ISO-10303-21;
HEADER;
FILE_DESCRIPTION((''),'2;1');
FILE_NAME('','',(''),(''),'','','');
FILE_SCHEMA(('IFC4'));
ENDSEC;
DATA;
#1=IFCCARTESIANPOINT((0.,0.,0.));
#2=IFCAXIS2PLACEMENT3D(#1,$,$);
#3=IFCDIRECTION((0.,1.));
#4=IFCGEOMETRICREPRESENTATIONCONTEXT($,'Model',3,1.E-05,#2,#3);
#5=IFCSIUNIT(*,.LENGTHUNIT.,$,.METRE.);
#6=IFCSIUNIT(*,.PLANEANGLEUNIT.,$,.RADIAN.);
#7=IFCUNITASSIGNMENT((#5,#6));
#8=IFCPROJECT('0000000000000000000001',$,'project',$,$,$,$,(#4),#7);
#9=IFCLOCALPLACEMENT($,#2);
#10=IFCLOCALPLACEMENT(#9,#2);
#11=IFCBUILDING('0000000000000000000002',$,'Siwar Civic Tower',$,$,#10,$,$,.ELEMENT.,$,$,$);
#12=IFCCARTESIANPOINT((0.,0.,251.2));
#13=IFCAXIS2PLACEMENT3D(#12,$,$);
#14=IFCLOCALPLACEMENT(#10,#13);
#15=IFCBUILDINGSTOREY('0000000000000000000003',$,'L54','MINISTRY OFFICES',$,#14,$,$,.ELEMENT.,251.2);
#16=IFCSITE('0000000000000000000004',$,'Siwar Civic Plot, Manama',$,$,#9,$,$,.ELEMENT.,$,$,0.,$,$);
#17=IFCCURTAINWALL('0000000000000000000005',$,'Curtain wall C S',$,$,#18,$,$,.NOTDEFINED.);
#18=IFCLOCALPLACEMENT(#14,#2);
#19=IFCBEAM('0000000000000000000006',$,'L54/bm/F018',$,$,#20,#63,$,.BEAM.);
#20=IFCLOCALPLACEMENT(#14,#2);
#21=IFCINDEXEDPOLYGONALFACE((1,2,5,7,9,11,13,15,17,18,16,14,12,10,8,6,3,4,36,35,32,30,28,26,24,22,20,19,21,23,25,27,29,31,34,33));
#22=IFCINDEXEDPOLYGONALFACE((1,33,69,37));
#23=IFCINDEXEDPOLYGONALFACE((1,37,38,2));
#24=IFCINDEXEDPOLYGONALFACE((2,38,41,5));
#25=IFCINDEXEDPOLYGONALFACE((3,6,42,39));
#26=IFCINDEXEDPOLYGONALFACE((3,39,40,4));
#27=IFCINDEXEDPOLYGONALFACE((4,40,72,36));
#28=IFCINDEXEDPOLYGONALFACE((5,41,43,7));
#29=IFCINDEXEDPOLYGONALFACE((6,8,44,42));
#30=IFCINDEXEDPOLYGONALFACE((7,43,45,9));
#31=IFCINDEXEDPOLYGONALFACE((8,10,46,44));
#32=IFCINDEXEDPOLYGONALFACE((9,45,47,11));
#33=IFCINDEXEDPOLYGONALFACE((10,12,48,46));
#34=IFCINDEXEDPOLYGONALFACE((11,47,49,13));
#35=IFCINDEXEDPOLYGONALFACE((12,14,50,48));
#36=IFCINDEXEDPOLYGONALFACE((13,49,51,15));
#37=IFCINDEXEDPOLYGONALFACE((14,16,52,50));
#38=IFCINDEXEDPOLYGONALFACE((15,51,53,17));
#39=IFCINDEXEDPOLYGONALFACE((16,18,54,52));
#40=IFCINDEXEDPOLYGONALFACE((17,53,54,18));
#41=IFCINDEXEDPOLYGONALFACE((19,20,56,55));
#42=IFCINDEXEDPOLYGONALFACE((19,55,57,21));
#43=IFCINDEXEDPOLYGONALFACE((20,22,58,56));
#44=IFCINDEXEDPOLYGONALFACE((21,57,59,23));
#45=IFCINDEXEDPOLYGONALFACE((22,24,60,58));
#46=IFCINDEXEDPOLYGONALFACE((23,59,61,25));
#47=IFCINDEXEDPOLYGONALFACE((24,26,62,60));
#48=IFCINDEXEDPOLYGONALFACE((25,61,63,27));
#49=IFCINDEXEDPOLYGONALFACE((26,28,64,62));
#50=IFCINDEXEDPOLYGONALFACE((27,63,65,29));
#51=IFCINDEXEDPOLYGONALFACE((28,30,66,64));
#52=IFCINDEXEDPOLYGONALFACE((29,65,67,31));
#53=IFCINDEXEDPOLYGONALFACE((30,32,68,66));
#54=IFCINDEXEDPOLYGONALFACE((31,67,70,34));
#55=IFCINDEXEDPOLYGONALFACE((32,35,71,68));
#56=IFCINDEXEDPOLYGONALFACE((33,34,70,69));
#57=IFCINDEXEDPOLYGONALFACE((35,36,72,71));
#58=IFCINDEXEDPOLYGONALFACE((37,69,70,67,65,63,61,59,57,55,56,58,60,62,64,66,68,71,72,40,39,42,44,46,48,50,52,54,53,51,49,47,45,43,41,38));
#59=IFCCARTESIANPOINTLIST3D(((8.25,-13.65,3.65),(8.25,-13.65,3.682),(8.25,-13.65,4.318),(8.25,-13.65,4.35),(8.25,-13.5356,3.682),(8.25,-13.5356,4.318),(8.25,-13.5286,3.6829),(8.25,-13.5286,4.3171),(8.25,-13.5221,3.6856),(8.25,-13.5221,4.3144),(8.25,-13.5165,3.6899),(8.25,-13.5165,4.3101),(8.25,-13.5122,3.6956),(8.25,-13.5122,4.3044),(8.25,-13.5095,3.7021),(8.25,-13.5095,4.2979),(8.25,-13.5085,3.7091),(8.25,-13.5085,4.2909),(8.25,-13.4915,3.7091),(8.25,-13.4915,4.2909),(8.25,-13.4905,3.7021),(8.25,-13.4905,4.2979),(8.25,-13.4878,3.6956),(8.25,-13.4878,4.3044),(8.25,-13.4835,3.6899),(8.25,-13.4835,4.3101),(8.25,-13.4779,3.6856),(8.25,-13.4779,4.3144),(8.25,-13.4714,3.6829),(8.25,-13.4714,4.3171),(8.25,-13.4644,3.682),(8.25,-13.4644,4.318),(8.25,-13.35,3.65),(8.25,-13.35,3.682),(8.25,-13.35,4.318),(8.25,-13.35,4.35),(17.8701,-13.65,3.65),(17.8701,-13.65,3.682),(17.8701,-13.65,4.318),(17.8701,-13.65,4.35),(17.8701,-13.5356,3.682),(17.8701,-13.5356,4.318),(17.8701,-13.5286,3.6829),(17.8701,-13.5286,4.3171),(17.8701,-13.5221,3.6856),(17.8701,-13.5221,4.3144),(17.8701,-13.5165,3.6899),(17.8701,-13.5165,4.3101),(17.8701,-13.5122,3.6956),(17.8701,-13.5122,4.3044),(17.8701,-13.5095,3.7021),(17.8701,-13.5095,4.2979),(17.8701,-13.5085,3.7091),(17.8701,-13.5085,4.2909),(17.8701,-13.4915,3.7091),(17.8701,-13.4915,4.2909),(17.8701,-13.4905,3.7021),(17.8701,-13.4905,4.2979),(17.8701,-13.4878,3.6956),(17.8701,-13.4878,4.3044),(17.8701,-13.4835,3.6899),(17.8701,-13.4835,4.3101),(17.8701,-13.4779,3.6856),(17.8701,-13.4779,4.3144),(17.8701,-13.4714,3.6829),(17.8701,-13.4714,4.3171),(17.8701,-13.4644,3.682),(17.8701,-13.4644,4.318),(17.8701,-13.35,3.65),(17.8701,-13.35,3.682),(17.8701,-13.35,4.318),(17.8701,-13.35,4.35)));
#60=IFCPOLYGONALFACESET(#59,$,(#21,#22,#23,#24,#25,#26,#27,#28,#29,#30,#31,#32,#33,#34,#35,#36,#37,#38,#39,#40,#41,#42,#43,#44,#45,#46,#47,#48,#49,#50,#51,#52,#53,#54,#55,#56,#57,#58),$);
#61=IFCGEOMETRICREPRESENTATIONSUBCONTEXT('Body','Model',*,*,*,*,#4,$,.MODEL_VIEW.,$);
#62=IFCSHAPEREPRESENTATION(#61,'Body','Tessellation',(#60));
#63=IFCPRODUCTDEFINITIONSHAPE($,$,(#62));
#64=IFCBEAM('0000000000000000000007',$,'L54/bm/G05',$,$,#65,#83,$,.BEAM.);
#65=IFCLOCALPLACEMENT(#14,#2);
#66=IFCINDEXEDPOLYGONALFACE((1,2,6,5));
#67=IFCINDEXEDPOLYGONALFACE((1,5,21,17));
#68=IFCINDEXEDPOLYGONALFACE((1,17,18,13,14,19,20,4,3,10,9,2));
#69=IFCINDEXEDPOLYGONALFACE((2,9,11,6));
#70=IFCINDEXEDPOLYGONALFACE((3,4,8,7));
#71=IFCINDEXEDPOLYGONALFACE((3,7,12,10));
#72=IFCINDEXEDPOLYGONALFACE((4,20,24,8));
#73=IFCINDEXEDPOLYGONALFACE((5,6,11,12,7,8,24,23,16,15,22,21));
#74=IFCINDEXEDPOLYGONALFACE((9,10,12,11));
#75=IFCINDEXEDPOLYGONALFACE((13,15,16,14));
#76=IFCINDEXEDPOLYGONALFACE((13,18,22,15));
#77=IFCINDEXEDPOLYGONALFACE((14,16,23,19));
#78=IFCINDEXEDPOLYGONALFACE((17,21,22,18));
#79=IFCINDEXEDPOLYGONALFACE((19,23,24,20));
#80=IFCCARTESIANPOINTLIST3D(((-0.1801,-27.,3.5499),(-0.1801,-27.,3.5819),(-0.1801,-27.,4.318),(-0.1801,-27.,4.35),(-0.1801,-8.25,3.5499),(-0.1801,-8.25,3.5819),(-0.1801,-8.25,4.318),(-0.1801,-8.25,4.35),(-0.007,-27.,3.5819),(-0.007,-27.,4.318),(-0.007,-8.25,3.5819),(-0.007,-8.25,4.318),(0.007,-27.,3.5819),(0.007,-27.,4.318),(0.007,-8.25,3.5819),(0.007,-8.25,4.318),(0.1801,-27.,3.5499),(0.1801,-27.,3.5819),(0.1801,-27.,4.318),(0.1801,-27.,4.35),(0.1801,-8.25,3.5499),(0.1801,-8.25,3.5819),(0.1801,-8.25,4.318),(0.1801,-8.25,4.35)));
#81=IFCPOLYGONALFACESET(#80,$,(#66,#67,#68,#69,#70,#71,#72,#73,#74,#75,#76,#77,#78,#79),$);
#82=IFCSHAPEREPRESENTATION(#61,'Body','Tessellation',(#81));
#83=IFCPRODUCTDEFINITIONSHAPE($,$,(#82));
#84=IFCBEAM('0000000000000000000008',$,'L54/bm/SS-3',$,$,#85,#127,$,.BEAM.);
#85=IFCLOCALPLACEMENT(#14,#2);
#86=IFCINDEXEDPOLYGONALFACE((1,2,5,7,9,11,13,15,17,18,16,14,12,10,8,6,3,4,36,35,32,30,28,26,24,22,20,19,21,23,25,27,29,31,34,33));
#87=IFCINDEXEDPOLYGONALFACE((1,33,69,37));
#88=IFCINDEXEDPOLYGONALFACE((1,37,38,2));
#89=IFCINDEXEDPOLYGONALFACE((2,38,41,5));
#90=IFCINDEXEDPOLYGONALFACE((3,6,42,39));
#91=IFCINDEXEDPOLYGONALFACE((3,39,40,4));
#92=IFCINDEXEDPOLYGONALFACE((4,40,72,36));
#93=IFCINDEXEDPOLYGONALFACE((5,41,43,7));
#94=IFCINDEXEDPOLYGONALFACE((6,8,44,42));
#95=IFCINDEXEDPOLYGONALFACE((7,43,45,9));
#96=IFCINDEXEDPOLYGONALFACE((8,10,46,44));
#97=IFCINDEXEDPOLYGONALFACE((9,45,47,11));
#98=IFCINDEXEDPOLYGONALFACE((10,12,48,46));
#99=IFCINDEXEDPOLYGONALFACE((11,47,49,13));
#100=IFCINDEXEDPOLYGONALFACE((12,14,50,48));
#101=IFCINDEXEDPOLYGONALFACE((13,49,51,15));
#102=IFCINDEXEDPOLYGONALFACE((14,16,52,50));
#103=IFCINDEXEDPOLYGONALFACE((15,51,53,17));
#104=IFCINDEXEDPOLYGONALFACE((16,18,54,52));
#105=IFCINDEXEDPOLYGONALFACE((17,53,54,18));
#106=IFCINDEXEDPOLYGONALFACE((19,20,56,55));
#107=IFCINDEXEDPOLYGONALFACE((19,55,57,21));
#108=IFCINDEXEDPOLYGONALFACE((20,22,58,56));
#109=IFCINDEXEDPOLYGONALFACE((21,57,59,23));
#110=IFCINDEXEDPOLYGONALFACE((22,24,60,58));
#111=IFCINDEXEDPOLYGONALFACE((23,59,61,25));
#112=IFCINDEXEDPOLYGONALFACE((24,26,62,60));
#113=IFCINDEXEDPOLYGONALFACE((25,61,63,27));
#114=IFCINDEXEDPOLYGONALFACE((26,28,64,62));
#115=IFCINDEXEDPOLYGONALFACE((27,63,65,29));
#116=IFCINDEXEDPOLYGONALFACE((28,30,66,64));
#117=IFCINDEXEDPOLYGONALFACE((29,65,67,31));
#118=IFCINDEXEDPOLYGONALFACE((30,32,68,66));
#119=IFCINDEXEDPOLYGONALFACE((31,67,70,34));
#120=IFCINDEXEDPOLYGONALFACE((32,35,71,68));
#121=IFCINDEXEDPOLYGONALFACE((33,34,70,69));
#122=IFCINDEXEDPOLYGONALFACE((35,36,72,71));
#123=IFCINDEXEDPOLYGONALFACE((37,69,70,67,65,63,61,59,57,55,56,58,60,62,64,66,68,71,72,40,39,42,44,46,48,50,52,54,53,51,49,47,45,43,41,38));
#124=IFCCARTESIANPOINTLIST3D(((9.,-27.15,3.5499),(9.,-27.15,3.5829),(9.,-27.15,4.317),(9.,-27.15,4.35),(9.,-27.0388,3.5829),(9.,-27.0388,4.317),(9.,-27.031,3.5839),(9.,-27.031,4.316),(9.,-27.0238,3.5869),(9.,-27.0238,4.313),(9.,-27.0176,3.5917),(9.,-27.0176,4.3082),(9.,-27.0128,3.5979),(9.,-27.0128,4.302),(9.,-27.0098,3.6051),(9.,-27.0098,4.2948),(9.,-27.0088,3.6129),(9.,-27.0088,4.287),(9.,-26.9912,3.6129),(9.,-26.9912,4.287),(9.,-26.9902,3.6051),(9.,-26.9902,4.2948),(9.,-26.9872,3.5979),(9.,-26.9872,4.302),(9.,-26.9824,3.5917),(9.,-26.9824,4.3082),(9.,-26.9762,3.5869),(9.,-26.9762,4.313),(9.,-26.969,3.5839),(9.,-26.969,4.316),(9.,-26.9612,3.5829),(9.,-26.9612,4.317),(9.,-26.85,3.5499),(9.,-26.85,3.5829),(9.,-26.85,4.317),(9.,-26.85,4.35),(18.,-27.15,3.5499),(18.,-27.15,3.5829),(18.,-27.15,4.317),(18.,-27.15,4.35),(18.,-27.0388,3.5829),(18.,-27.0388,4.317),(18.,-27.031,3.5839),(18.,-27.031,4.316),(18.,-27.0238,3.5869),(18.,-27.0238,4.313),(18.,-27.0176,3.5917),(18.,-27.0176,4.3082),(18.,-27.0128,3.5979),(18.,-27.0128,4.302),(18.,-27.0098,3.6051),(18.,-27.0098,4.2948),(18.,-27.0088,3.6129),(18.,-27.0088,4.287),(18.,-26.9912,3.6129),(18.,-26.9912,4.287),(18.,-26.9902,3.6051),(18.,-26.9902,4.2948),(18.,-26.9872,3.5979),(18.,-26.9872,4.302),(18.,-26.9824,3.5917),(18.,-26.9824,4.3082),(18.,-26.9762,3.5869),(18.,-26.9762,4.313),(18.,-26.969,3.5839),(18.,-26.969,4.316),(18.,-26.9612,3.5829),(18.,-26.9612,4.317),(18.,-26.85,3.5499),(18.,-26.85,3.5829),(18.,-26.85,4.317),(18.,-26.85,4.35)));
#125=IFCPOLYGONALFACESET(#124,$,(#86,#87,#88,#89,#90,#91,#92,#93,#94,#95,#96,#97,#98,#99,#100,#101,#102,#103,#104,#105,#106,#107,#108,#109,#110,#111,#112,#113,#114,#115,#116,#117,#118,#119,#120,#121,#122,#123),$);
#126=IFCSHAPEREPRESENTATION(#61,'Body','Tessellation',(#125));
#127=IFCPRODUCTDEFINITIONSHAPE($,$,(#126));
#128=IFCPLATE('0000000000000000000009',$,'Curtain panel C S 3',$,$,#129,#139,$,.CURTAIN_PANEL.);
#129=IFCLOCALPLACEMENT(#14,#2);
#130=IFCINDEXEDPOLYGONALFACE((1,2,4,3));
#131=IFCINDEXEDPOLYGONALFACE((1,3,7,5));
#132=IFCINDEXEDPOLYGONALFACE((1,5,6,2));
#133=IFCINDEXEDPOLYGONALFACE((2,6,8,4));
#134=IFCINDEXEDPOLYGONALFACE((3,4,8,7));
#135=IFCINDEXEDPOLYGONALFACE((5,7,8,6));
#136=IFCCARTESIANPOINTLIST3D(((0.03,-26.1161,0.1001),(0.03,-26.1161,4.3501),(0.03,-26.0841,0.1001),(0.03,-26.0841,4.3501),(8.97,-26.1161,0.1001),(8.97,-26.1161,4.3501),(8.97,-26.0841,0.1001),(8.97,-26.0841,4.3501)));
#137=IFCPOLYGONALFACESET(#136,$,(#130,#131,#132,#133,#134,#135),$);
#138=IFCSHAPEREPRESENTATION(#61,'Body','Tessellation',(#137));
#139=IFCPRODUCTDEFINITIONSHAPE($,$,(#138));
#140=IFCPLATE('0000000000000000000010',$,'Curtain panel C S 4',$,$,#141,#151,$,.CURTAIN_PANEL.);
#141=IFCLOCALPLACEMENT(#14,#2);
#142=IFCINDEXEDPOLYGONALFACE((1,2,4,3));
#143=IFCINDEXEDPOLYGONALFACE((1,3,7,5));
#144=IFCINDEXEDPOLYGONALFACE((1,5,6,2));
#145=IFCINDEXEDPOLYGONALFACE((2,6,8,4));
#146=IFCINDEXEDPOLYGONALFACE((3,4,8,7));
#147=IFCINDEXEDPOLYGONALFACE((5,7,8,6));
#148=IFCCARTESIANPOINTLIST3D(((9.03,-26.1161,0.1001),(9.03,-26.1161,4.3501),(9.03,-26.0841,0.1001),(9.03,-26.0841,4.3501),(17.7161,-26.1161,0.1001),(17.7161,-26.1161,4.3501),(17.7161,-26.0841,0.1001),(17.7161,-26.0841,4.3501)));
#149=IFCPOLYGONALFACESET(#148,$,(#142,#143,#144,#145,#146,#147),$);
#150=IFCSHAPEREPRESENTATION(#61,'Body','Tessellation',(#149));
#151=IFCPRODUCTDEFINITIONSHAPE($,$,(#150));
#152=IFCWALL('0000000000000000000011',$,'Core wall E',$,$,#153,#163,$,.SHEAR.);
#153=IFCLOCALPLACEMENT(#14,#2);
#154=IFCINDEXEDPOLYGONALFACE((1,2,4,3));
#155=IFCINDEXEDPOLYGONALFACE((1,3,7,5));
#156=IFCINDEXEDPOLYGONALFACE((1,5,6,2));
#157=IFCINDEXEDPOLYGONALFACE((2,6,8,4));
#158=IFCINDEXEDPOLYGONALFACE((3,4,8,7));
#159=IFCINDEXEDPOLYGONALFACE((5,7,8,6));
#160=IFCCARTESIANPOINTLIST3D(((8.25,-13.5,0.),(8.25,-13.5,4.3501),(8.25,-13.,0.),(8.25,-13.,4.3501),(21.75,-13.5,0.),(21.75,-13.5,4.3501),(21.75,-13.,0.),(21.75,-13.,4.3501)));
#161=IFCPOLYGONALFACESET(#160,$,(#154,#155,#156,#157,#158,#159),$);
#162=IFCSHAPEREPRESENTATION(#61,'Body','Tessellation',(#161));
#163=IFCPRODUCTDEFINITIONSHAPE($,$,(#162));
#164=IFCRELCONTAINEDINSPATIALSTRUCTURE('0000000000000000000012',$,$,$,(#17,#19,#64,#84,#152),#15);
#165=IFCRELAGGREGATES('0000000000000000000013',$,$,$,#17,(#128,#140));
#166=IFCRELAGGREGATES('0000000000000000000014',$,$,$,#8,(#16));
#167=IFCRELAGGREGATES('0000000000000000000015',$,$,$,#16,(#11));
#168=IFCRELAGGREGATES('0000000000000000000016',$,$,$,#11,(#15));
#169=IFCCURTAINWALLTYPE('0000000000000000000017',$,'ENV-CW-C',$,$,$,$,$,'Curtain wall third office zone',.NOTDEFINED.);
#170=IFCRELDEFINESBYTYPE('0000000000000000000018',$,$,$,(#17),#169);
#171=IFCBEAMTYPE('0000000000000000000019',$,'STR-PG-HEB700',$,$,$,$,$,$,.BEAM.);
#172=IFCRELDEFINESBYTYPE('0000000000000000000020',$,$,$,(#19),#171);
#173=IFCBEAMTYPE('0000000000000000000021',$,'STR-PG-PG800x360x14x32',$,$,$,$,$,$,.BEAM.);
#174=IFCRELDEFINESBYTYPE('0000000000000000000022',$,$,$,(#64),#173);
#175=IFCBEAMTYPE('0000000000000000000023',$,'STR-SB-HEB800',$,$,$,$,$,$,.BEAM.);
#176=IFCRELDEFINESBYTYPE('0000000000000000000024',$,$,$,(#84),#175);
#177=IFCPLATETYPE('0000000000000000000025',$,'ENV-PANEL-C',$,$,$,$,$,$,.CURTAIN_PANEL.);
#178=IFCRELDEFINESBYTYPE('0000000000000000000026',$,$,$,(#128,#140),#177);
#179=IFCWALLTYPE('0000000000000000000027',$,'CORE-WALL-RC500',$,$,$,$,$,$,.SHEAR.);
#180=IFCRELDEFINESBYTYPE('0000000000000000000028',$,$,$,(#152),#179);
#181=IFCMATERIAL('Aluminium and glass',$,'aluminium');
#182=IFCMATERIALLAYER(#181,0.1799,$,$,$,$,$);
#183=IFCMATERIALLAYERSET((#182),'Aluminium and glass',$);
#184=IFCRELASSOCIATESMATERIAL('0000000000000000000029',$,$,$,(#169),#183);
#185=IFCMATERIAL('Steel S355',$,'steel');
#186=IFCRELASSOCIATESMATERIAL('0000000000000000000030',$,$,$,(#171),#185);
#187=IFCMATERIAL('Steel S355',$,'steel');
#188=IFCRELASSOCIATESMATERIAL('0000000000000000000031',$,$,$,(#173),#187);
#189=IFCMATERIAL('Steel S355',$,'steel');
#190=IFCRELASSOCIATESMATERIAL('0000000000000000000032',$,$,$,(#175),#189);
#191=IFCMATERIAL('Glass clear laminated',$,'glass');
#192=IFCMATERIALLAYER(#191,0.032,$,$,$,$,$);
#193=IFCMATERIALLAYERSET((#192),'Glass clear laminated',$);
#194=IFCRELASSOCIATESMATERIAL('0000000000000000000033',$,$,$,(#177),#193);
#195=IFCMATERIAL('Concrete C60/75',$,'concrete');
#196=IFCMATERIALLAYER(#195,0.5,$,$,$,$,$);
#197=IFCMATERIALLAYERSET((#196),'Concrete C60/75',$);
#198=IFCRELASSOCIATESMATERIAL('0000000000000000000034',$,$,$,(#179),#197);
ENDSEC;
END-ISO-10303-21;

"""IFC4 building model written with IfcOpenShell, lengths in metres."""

from ifc_helpers import new_model, si_unit, direction, frame, frame_2d, origin, origin_2d, place, context, subcontext, project, spatial, rectangle, i_section, extrude, material, layer, layer_set, material_profile, profile_set, type_object, element, aggregate, save


model = new_model("IFC4")

# Units and contexts
model_context = context("Model", 3, precision=1e-05, world=origin(), true_north=direction((0.0, 1.0)))
body_context = subcontext(model_context, "Body", "Model", "MODEL_VIEW")
ifc_project = project(units=[si_unit("LENGTHUNIT", "METRE"), si_unit("PLANEANGLEUNIT", "RADIAN")], contexts=[model_context])

# Site, building, storey
site_placement = place(None, origin())
site = spatial("IfcSite", under=ifc_project, at=site_placement, Name="Siwar Civic Plot, Manama", CompositionType="ELEMENT", RefElevation=0.0)
building_placement = place(site_placement, origin())
building = spatial("IfcBuilding", under=site, at=building_placement, Name="Siwar Civic Tower", CompositionType="ELEMENT")
storey_placement = place(building_placement, frame((0.0, 0.0, 251.2)))
storey = spatial("IfcBuildingStorey", under=building, at=storey_placement, Name="L54", Description="MINISTRY OFFICES", CompositionType="ELEMENT", Elevation=251.2)

# Curtain wall
ifc_material_1 = material(Name="Aluminium and glass", Category="aluminium")
ifc_layer_1 = layer(ifc_material_1, 0.1799)
ifc_layer_set_1 = layer_set([ifc_layer_1], Name="Aluminium and glass")
curtain_wall_type = type_object("IfcCurtainWallType", Name="ENV-CW-C", ElementType="Curtain wall third office zone", PredefinedType="NOTDEFINED", material=ifc_layer_set_1)
curtain_wall_placement = place(storey_placement, origin())
curtain_wall = element("IfcCurtainWall", 1, at=curtain_wall_placement, inside=storey, type_object=curtain_wall_type, Name="Curtain wall C S", PredefinedType="NOTDEFINED")

# Beams
ifc_material_2 = material(Name="Steel S355", Category="steel")
ifc_material_profile_1 = material_profile(ifc_material_2, i_section(OverallWidth=0.3, OverallDepth=0.7, WebThickness=0.0171, FlangeThickness=0.032, FilletRadius=0.0271, at=origin_2d()), Name="HEB700")
ifc_profile_set_1 = profile_set([ifc_material_profile_1], Name="Steel S355")
beam_type_1 = type_object("IfcBeamType", Name="STR-PG-HEB700", PredefinedType="BEAM", material=ifc_profile_set_1)
beam_1_placement = place(storey_placement, frame((8.25, -13.5, 4.0), z_axis=(1.0, 0.0, 0.0), x_axis=(0.0, 1.0, 0.0)))
element("IfcBeam", 2, at=beam_1_placement, inside=storey, type_object=beam_type_1, Name="L54/bm/F018", PredefinedType="BEAM", context=body_context, shape_type="SweptSolid", body=[
    extrude(i_section(OverallWidth=0.3, OverallDepth=0.7, WebThickness=0.0171, FlangeThickness=0.032, FilletRadius=0.0271, at=origin_2d()), origin(), (0.0, 0.0, 1.0), 9.6201),
])
ifc_material_3 = material(Name="Steel S355", Category="steel")
ifc_material_profile_2 = material_profile(ifc_material_3, i_section(OverallWidth=0.3601, OverallDepth=0.8, WebThickness=0.0139, FlangeThickness=0.032, at=origin_2d()), Name="PG800x360x14x32")
ifc_profile_set_2 = profile_set([ifc_material_profile_2], Name="Steel S355")
beam_type_2 = type_object("IfcBeamType", Name="STR-PG-PG800x360x14x32", PredefinedType="BEAM", material=ifc_profile_set_2)
beam_2_placement = place(storey_placement, frame((0.0, -27.0, 3.95), z_axis=(0.0, 1.0, 0.0), x_axis=(-1.0, 0.0, 0.0)))
element("IfcBeam", 3, at=beam_2_placement, inside=storey, type_object=beam_type_2, Name="L54/bm/G05", PredefinedType="BEAM", context=body_context, shape_type="SweptSolid", body=[
    extrude(i_section(OverallWidth=0.3601, OverallDepth=0.8, WebThickness=0.0139, FlangeThickness=0.032, at=origin_2d()), origin(), (0.0, 0.0, 1.0), 18.75),
])
ifc_material_4 = material(Name="Steel S355", Category="steel")
ifc_material_profile_3 = material_profile(ifc_material_4, i_section(OverallWidth=0.3, OverallDepth=0.8, WebThickness=0.0176, FlangeThickness=0.033, FilletRadius=0.03, at=origin_2d()), Name="HEB800")
ifc_profile_set_3 = profile_set([ifc_material_profile_3], Name="Steel S355")
beam_type_3 = type_object("IfcBeamType", Name="STR-SB-HEB800", PredefinedType="BEAM", material=ifc_profile_set_3)
beam_3_placement = place(storey_placement, frame((9.0, -27.0, 3.95), z_axis=(1.0, 0.0, 0.0), x_axis=(0.0, 1.0, 0.0)))
element("IfcBeam", 4, at=beam_3_placement, inside=storey, type_object=beam_type_3, Name="L54/bm/SS-3", PredefinedType="BEAM", context=body_context, shape_type="SweptSolid", body=[
    extrude(i_section(OverallWidth=0.3, OverallDepth=0.8, WebThickness=0.0176, FlangeThickness=0.033, FilletRadius=0.03, at=origin_2d()), origin(), (0.0, 0.0, 1.0), 9.0),
])

# Plates
ifc_material_5 = material(Name="Glass clear laminated", Category="glass")
ifc_layer_2 = layer(ifc_material_5, 0.032)
ifc_layer_set_2 = layer_set([ifc_layer_2], Name="Glass clear laminated")
plate_type = type_object("IfcPlateType", Name="ENV-PANEL-C", PredefinedType="CURTAIN_PANEL", material=ifc_layer_set_2)
plate_1_placement = place(storey_placement, frame((4.5, -26.1001, 0.1001), z_axis=(0.0, 0.0, 1.0), x_axis=(1.0, 0.0, 0.0)))
plate_1 = element("IfcPlate", 5, at=plate_1_placement, type_object=plate_type, Name="Curtain panel C S 3", PredefinedType="CURTAIN_PANEL", context=body_context, shape_type="SweptSolid", body=[
    extrude(rectangle(XDim=8.9399, YDim=0.032, at=origin_2d()), origin(), (0.0, 0.0, 1.0), 4.25),
])
plate_2_placement = place(storey_placement, frame((13.373, -26.1001, 0.1001), z_axis=(0.0, 0.0, 1.0), x_axis=(1.0, 0.0, 0.0)))
plate_2 = element("IfcPlate", 6, at=plate_2_placement, type_object=plate_type, Name="Curtain panel C S 4", PredefinedType="CURTAIN_PANEL", context=body_context, shape_type="SweptSolid", body=[
    extrude(rectangle(XDim=8.686, YDim=0.032, at=origin_2d()), origin(), (0.0, 0.0, 1.0), 4.25),
])
aggregate(curtain_wall, [plate_1, plate_2])

# Wall
ifc_material_6 = material(Name="Concrete C60/75", Category="concrete")
ifc_layer_3 = layer(ifc_material_6, 0.5)
ifc_layer_set_3 = layer_set([ifc_layer_3], Name="Concrete C60/75")
wall_type_1 = type_object("IfcWallType", Name="CORE-WALL-RC500", PredefinedType="SHEAR", material=ifc_layer_set_3)
wall_1_placement = place(storey_placement, frame((8.25, -13.25, 0.0), z_axis=(0.0, 0.0, 1.0), x_axis=(1.0, 0.0, 0.0)))
element("IfcWall", 7, at=wall_1_placement, inside=storey, type_object=wall_type_1, Name="Core wall E", PredefinedType="SHEAR", context=body_context, shape_type="SweptSolid", body=[
    extrude(rectangle(XDim=13.5, YDim=0.5, at=frame_2d((6.75, 0.0))), origin(), (0.0, 0.0, 1.0), 4.3501),
])

save(model, "model.ifc")
